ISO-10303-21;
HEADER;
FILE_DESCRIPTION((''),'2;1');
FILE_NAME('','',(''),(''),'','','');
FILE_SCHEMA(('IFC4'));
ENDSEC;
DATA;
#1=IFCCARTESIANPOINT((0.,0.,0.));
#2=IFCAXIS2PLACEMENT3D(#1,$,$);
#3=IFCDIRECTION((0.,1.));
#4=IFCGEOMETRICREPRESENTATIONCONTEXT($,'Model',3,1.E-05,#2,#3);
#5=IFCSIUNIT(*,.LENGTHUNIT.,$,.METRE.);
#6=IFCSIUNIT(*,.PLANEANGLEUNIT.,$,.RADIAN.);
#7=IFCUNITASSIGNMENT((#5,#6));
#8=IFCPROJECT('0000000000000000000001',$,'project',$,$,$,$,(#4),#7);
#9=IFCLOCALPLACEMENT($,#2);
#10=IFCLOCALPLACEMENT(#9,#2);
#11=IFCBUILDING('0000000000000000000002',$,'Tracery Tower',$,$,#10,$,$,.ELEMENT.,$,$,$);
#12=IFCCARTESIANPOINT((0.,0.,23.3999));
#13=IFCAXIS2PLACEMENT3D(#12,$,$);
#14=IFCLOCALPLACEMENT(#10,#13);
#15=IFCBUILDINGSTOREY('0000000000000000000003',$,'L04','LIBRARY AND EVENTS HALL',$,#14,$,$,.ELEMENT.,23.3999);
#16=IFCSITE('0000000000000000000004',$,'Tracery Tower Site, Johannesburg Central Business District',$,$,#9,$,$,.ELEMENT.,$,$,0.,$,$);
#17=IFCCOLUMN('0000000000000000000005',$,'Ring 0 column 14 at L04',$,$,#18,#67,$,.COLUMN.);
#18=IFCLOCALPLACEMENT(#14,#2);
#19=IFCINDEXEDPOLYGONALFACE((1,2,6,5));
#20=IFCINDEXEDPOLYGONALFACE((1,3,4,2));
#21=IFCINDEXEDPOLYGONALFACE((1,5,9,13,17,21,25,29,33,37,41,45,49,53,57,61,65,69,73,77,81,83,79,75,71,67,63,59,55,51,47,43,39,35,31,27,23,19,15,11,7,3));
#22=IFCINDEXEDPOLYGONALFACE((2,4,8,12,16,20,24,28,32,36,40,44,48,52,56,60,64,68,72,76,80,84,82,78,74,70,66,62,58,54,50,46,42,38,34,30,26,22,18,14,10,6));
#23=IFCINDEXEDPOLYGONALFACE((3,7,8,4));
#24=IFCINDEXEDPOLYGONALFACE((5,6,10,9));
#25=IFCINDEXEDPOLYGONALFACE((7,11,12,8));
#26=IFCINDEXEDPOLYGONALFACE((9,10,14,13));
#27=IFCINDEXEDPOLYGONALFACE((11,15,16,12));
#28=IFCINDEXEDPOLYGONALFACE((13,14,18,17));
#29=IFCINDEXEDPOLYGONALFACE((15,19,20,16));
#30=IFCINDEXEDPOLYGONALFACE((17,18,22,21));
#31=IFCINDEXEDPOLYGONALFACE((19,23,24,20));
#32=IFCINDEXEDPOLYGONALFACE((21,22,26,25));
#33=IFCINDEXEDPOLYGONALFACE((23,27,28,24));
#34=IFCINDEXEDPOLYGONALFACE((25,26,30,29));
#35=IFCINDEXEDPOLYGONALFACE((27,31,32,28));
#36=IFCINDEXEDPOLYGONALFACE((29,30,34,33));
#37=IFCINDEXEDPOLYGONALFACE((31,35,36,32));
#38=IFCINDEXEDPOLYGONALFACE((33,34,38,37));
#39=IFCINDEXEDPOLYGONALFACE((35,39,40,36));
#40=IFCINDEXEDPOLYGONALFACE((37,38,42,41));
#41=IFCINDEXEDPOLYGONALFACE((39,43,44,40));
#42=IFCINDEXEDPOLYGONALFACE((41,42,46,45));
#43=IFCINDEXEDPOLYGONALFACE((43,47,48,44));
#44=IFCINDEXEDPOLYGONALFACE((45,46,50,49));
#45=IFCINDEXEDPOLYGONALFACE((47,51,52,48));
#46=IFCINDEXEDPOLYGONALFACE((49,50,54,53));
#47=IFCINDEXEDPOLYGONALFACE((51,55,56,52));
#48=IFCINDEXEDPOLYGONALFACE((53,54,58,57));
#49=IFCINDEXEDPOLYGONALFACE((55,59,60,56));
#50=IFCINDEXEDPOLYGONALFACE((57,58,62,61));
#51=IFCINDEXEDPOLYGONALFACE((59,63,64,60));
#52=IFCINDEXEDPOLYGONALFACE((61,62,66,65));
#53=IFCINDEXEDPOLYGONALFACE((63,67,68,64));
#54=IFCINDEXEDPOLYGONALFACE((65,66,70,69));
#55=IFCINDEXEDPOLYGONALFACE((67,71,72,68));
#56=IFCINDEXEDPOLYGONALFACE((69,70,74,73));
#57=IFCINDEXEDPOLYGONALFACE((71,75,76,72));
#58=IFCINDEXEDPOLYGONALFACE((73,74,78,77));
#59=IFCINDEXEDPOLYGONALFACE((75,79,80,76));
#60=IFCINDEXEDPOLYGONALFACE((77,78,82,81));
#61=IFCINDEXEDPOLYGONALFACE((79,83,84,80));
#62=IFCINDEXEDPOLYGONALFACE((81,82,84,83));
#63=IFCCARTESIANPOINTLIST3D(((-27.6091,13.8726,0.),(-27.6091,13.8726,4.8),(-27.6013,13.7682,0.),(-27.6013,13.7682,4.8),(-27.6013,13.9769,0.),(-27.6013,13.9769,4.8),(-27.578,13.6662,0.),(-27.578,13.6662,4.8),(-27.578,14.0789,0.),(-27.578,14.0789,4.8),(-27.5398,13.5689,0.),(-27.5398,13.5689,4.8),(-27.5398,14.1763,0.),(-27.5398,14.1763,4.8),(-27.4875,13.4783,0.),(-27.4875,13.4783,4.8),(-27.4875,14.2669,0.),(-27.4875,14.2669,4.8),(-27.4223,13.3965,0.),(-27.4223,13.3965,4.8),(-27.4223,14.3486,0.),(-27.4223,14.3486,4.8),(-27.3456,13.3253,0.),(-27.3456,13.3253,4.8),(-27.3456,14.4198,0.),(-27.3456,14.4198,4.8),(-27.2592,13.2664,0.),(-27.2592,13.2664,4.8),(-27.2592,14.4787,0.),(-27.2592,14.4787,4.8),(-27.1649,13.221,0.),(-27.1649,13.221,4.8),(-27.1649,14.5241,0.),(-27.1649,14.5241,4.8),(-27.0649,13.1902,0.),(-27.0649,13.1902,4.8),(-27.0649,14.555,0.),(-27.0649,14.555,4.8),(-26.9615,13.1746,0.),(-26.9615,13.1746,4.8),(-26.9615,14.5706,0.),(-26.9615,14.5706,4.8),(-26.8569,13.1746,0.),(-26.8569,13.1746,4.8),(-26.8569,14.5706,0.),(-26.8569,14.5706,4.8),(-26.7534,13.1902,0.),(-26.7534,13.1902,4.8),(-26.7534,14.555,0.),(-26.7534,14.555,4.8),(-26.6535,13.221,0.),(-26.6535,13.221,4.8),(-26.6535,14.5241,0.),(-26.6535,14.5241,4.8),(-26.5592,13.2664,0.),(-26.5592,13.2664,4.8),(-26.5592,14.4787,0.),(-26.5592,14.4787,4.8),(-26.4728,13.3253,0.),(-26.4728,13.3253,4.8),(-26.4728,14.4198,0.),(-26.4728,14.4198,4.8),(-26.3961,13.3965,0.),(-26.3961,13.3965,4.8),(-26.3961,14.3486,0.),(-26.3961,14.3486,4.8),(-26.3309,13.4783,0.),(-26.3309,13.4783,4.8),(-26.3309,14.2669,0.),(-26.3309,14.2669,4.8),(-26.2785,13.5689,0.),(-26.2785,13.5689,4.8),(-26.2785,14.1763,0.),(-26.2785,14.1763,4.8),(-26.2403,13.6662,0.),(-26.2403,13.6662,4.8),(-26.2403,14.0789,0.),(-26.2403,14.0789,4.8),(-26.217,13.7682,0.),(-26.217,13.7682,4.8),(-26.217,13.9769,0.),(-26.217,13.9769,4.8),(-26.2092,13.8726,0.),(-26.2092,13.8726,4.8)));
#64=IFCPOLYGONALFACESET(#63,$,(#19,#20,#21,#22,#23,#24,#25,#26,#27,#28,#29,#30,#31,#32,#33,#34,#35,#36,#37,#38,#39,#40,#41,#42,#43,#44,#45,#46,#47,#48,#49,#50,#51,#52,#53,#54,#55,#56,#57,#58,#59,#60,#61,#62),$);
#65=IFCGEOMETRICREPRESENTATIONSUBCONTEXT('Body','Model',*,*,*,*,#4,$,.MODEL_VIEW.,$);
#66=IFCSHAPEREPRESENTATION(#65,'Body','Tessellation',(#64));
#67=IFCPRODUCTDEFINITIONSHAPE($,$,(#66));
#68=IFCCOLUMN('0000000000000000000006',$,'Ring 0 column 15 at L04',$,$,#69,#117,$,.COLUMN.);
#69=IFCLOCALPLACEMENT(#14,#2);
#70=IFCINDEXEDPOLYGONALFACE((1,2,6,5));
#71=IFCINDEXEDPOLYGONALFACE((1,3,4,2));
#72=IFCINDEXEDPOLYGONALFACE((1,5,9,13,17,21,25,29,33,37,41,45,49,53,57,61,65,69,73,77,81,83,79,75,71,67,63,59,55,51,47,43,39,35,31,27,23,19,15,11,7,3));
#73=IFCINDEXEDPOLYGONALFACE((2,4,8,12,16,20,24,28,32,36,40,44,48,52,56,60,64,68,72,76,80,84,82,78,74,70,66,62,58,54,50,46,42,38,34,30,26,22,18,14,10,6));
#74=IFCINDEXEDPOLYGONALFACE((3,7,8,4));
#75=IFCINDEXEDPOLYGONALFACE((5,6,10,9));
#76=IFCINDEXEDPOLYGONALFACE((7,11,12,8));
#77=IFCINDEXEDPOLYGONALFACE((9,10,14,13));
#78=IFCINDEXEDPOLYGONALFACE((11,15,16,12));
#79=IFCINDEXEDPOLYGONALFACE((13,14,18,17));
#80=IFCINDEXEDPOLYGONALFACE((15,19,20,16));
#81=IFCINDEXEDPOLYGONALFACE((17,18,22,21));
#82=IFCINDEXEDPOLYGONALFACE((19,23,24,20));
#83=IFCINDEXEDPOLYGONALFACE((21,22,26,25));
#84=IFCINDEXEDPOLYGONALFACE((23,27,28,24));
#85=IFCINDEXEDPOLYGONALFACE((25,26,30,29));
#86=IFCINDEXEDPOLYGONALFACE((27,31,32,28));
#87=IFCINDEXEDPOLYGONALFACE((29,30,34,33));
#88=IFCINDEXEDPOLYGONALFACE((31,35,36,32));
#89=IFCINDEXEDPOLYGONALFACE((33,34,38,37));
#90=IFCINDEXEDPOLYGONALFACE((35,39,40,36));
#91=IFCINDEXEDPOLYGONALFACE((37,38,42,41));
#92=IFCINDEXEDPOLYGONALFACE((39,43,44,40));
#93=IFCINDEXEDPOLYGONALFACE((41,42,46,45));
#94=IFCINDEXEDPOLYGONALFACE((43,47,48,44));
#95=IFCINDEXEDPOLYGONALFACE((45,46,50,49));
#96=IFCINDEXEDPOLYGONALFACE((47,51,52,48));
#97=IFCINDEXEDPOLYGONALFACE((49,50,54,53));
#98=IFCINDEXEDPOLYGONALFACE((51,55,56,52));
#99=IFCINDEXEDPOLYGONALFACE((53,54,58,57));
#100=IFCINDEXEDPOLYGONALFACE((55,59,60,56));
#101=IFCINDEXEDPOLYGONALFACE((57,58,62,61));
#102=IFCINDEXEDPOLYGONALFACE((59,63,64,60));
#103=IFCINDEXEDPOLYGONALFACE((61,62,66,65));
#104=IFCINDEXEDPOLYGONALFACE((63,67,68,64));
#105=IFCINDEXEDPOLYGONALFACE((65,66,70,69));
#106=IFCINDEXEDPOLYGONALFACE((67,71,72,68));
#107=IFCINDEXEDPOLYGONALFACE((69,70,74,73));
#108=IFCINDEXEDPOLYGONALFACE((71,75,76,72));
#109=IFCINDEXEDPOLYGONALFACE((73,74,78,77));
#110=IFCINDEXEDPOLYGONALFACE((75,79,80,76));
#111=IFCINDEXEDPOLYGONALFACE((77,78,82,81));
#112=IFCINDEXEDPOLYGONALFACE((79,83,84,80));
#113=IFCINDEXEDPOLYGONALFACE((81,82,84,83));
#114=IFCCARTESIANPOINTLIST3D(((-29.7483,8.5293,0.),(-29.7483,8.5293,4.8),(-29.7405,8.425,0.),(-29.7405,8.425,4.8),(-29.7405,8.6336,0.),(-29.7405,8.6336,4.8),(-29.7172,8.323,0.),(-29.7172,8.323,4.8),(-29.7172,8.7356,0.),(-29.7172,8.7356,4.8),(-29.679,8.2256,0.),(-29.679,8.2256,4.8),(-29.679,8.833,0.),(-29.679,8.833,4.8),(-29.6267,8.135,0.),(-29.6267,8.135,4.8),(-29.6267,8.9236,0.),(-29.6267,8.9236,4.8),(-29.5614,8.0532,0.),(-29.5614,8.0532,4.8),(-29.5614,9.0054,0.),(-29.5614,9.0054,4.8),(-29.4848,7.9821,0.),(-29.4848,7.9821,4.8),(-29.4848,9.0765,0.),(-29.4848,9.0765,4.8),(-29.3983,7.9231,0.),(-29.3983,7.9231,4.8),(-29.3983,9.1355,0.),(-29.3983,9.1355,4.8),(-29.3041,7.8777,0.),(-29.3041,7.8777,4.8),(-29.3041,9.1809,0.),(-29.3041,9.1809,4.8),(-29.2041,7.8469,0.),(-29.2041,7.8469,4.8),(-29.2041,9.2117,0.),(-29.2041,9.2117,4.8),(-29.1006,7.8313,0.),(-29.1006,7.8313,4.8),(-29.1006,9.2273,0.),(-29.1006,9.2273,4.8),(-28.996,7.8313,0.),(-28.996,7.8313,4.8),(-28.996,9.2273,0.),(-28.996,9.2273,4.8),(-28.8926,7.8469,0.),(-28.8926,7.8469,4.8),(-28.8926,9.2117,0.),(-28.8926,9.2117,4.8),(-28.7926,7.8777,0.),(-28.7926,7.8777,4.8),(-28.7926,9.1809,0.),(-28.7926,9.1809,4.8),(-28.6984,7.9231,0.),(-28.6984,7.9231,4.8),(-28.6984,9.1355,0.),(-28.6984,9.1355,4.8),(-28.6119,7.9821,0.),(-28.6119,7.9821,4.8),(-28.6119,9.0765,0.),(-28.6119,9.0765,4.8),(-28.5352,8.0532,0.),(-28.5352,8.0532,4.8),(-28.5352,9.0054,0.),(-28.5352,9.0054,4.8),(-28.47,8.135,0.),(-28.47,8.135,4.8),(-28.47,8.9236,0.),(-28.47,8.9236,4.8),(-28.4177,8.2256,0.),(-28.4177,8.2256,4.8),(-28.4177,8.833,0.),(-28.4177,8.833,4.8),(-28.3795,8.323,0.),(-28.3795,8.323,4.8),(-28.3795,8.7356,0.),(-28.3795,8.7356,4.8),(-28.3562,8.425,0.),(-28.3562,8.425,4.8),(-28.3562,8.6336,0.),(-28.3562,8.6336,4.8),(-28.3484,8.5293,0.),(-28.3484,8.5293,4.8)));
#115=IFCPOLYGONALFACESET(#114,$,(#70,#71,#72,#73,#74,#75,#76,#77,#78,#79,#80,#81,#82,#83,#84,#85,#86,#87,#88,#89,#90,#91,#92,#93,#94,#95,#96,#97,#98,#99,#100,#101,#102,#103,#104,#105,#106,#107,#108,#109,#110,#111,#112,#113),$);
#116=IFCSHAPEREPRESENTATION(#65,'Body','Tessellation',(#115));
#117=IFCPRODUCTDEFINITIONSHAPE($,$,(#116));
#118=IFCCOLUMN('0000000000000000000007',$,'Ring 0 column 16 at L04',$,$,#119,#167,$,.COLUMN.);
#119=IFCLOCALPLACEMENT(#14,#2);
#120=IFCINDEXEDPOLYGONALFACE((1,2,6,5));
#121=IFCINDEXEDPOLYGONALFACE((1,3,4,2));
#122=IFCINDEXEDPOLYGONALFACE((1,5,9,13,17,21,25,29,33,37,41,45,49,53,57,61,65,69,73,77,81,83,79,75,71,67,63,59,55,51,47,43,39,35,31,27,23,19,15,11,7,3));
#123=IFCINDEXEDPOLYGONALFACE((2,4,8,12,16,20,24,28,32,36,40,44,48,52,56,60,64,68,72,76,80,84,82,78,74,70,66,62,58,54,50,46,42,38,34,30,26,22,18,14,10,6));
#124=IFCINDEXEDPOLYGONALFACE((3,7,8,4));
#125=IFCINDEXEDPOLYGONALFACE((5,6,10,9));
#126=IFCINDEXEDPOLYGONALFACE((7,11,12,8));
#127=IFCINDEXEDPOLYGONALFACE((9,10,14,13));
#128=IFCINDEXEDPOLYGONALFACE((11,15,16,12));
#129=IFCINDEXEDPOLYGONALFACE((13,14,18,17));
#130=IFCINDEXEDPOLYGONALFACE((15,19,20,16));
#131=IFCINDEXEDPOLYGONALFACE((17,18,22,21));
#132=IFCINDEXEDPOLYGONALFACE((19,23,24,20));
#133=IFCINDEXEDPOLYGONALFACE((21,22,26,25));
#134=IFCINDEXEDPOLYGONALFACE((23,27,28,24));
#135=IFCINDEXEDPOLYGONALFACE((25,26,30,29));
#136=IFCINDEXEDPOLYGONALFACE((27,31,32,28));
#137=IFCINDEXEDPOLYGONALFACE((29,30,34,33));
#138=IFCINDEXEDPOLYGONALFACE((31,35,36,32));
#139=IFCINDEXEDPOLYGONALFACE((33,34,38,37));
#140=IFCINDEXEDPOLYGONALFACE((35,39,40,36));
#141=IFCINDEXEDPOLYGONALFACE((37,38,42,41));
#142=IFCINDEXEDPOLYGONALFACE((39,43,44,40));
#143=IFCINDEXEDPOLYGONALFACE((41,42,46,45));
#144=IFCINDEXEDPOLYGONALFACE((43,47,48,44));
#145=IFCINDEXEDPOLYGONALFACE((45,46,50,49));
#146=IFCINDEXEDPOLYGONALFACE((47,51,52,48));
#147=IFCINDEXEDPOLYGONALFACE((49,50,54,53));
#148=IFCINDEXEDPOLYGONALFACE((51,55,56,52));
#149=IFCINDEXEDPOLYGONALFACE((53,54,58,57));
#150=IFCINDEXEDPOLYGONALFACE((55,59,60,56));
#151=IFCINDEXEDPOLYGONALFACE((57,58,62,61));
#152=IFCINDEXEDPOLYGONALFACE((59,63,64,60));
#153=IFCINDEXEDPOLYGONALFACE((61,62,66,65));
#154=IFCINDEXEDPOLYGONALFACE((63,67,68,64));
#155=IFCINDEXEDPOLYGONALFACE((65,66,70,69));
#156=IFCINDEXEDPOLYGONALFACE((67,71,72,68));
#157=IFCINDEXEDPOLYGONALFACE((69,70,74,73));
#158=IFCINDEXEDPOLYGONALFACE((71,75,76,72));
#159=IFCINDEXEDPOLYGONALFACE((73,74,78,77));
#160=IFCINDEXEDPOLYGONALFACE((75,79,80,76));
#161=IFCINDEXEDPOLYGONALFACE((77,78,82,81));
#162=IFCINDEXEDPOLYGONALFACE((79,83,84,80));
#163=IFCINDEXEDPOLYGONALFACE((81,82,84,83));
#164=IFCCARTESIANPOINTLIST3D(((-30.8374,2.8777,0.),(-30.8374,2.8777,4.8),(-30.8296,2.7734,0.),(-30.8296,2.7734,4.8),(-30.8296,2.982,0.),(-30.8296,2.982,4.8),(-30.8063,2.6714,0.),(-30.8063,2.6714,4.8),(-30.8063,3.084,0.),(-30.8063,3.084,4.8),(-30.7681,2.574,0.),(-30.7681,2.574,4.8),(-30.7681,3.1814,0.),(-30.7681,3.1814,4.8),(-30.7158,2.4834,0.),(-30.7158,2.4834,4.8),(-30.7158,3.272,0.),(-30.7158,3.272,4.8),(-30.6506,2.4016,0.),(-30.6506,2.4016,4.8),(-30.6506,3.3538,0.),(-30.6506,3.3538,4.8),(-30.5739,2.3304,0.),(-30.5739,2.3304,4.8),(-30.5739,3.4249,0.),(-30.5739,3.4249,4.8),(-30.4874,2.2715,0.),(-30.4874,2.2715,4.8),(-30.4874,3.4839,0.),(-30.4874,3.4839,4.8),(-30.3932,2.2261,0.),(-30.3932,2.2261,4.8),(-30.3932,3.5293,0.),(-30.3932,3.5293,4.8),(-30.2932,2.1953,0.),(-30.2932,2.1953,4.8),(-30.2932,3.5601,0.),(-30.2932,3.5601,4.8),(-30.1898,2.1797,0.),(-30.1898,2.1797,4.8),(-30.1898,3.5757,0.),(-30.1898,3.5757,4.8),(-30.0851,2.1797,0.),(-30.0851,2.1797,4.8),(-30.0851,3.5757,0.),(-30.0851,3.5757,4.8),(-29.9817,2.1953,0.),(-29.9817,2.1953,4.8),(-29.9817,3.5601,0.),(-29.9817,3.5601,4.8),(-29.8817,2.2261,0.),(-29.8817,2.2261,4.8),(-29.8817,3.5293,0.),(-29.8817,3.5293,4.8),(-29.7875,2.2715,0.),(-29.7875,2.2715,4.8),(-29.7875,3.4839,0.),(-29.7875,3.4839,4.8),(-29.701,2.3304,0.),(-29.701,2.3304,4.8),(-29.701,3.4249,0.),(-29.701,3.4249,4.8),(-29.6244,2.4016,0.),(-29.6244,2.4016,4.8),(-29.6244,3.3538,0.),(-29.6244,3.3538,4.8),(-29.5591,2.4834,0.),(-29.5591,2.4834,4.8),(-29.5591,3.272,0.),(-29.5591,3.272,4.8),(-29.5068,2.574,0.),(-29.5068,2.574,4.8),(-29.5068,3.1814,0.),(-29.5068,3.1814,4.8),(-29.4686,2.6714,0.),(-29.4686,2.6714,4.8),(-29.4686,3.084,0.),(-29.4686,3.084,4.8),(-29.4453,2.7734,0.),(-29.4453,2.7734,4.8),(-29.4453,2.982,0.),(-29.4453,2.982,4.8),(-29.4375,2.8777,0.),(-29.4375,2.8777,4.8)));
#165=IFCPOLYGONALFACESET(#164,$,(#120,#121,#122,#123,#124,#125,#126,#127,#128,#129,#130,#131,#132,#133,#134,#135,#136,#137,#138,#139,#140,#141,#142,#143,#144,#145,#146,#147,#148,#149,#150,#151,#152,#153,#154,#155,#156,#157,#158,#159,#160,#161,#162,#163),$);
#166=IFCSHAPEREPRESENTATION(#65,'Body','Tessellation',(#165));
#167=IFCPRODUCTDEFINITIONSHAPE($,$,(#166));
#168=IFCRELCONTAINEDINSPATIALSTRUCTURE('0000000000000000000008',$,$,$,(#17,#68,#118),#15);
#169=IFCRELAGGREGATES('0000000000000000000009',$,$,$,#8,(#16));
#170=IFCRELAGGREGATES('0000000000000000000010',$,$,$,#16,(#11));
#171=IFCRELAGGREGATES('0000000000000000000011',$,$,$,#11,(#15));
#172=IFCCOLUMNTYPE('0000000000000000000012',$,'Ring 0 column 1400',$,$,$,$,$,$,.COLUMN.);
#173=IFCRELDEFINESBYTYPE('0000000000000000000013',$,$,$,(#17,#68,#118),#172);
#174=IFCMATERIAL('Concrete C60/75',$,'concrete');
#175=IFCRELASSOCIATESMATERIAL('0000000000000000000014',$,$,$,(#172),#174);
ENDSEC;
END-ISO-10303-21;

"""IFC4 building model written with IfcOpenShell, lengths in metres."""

from ifc_helpers import new_model, si_unit, direction, frame, origin, origin_2d, place, context, subcontext, project, spatial, circle, extrude, material, material_profile, profile_set, type_object, element, save


model = new_model("IFC4")

# Units and contexts
model_context = context("Model", 3, precision=1e-05, world=origin(), true_north=direction((0.0, 1.0)))
body_context = subcontext(model_context, "Body", "Model", "MODEL_VIEW")
ifc_project = project(units=[si_unit("LENGTHUNIT", "METRE"), si_unit("PLANEANGLEUNIT", "RADIAN")], contexts=[model_context])

# Site, building, storey
site_placement = place(None, origin())
site = spatial("IfcSite", under=ifc_project, at=site_placement, Name="Tracery Tower Site, Johannesburg Central Business District", CompositionType="ELEMENT", RefElevation=0.0)
building_placement = place(site_placement, origin())
building = spatial("IfcBuilding", under=site, at=building_placement, Name="Tracery Tower", CompositionType="ELEMENT")
storey_placement = place(building_placement, frame((0.0, 0.0, 23.3999)))
storey = spatial("IfcBuildingStorey", under=building, at=storey_placement, Name="L04", Description="LIBRARY AND EVENTS HALL", CompositionType="ELEMENT", Elevation=23.3999)

# Columns
ifc_material_1 = material(Name="Concrete C60/75", Category="concrete")
ifc_material_profile_1 = material_profile(ifc_material_1, circle(Radius=0.7, at=origin_2d()), Name="RC D1400")
ifc_profile_set_1 = profile_set([ifc_material_profile_1], Name="Concrete C60/75")
column_type_1 = type_object("IfcColumnType", Name="Ring 0 column 1400", PredefinedType="COLUMN", material=ifc_profile_set_1)
for number, where, z_axis, x_axis, name in (
    (1, (-26.9092, 13.8726, 0.0), (0.0, 0.0, 1.0), (1.0, 0.0, 0.0), "Ring 0 column 14 at L04"),
    (2, (-29.0483, 8.5293, 0.0), (0.0, 0.0, 1.0), (1.0, 0.0, 0.0), "Ring 0 column 15 at L04"),
    (3, (-30.1375, 2.8777, 0.0), (0.0, 0.0, 1.0), (1.0, 0.0, 0.0), "Ring 0 column 16 at L04"),
):
    element("IfcColumn", number, at=place(storey_placement, frame(where, z_axis=z_axis, x_axis=x_axis)), inside=storey, type_object=column_type_1, Name=name, PredefinedType="COLUMN", context=body_context, shape_type="SweptSolid", body=[
        extrude(circle(Radius=0.7, at=origin_2d()), origin(), (0.0, 0.0, 1.0), 4.8),
    ])

save(model, "model.ifc")
